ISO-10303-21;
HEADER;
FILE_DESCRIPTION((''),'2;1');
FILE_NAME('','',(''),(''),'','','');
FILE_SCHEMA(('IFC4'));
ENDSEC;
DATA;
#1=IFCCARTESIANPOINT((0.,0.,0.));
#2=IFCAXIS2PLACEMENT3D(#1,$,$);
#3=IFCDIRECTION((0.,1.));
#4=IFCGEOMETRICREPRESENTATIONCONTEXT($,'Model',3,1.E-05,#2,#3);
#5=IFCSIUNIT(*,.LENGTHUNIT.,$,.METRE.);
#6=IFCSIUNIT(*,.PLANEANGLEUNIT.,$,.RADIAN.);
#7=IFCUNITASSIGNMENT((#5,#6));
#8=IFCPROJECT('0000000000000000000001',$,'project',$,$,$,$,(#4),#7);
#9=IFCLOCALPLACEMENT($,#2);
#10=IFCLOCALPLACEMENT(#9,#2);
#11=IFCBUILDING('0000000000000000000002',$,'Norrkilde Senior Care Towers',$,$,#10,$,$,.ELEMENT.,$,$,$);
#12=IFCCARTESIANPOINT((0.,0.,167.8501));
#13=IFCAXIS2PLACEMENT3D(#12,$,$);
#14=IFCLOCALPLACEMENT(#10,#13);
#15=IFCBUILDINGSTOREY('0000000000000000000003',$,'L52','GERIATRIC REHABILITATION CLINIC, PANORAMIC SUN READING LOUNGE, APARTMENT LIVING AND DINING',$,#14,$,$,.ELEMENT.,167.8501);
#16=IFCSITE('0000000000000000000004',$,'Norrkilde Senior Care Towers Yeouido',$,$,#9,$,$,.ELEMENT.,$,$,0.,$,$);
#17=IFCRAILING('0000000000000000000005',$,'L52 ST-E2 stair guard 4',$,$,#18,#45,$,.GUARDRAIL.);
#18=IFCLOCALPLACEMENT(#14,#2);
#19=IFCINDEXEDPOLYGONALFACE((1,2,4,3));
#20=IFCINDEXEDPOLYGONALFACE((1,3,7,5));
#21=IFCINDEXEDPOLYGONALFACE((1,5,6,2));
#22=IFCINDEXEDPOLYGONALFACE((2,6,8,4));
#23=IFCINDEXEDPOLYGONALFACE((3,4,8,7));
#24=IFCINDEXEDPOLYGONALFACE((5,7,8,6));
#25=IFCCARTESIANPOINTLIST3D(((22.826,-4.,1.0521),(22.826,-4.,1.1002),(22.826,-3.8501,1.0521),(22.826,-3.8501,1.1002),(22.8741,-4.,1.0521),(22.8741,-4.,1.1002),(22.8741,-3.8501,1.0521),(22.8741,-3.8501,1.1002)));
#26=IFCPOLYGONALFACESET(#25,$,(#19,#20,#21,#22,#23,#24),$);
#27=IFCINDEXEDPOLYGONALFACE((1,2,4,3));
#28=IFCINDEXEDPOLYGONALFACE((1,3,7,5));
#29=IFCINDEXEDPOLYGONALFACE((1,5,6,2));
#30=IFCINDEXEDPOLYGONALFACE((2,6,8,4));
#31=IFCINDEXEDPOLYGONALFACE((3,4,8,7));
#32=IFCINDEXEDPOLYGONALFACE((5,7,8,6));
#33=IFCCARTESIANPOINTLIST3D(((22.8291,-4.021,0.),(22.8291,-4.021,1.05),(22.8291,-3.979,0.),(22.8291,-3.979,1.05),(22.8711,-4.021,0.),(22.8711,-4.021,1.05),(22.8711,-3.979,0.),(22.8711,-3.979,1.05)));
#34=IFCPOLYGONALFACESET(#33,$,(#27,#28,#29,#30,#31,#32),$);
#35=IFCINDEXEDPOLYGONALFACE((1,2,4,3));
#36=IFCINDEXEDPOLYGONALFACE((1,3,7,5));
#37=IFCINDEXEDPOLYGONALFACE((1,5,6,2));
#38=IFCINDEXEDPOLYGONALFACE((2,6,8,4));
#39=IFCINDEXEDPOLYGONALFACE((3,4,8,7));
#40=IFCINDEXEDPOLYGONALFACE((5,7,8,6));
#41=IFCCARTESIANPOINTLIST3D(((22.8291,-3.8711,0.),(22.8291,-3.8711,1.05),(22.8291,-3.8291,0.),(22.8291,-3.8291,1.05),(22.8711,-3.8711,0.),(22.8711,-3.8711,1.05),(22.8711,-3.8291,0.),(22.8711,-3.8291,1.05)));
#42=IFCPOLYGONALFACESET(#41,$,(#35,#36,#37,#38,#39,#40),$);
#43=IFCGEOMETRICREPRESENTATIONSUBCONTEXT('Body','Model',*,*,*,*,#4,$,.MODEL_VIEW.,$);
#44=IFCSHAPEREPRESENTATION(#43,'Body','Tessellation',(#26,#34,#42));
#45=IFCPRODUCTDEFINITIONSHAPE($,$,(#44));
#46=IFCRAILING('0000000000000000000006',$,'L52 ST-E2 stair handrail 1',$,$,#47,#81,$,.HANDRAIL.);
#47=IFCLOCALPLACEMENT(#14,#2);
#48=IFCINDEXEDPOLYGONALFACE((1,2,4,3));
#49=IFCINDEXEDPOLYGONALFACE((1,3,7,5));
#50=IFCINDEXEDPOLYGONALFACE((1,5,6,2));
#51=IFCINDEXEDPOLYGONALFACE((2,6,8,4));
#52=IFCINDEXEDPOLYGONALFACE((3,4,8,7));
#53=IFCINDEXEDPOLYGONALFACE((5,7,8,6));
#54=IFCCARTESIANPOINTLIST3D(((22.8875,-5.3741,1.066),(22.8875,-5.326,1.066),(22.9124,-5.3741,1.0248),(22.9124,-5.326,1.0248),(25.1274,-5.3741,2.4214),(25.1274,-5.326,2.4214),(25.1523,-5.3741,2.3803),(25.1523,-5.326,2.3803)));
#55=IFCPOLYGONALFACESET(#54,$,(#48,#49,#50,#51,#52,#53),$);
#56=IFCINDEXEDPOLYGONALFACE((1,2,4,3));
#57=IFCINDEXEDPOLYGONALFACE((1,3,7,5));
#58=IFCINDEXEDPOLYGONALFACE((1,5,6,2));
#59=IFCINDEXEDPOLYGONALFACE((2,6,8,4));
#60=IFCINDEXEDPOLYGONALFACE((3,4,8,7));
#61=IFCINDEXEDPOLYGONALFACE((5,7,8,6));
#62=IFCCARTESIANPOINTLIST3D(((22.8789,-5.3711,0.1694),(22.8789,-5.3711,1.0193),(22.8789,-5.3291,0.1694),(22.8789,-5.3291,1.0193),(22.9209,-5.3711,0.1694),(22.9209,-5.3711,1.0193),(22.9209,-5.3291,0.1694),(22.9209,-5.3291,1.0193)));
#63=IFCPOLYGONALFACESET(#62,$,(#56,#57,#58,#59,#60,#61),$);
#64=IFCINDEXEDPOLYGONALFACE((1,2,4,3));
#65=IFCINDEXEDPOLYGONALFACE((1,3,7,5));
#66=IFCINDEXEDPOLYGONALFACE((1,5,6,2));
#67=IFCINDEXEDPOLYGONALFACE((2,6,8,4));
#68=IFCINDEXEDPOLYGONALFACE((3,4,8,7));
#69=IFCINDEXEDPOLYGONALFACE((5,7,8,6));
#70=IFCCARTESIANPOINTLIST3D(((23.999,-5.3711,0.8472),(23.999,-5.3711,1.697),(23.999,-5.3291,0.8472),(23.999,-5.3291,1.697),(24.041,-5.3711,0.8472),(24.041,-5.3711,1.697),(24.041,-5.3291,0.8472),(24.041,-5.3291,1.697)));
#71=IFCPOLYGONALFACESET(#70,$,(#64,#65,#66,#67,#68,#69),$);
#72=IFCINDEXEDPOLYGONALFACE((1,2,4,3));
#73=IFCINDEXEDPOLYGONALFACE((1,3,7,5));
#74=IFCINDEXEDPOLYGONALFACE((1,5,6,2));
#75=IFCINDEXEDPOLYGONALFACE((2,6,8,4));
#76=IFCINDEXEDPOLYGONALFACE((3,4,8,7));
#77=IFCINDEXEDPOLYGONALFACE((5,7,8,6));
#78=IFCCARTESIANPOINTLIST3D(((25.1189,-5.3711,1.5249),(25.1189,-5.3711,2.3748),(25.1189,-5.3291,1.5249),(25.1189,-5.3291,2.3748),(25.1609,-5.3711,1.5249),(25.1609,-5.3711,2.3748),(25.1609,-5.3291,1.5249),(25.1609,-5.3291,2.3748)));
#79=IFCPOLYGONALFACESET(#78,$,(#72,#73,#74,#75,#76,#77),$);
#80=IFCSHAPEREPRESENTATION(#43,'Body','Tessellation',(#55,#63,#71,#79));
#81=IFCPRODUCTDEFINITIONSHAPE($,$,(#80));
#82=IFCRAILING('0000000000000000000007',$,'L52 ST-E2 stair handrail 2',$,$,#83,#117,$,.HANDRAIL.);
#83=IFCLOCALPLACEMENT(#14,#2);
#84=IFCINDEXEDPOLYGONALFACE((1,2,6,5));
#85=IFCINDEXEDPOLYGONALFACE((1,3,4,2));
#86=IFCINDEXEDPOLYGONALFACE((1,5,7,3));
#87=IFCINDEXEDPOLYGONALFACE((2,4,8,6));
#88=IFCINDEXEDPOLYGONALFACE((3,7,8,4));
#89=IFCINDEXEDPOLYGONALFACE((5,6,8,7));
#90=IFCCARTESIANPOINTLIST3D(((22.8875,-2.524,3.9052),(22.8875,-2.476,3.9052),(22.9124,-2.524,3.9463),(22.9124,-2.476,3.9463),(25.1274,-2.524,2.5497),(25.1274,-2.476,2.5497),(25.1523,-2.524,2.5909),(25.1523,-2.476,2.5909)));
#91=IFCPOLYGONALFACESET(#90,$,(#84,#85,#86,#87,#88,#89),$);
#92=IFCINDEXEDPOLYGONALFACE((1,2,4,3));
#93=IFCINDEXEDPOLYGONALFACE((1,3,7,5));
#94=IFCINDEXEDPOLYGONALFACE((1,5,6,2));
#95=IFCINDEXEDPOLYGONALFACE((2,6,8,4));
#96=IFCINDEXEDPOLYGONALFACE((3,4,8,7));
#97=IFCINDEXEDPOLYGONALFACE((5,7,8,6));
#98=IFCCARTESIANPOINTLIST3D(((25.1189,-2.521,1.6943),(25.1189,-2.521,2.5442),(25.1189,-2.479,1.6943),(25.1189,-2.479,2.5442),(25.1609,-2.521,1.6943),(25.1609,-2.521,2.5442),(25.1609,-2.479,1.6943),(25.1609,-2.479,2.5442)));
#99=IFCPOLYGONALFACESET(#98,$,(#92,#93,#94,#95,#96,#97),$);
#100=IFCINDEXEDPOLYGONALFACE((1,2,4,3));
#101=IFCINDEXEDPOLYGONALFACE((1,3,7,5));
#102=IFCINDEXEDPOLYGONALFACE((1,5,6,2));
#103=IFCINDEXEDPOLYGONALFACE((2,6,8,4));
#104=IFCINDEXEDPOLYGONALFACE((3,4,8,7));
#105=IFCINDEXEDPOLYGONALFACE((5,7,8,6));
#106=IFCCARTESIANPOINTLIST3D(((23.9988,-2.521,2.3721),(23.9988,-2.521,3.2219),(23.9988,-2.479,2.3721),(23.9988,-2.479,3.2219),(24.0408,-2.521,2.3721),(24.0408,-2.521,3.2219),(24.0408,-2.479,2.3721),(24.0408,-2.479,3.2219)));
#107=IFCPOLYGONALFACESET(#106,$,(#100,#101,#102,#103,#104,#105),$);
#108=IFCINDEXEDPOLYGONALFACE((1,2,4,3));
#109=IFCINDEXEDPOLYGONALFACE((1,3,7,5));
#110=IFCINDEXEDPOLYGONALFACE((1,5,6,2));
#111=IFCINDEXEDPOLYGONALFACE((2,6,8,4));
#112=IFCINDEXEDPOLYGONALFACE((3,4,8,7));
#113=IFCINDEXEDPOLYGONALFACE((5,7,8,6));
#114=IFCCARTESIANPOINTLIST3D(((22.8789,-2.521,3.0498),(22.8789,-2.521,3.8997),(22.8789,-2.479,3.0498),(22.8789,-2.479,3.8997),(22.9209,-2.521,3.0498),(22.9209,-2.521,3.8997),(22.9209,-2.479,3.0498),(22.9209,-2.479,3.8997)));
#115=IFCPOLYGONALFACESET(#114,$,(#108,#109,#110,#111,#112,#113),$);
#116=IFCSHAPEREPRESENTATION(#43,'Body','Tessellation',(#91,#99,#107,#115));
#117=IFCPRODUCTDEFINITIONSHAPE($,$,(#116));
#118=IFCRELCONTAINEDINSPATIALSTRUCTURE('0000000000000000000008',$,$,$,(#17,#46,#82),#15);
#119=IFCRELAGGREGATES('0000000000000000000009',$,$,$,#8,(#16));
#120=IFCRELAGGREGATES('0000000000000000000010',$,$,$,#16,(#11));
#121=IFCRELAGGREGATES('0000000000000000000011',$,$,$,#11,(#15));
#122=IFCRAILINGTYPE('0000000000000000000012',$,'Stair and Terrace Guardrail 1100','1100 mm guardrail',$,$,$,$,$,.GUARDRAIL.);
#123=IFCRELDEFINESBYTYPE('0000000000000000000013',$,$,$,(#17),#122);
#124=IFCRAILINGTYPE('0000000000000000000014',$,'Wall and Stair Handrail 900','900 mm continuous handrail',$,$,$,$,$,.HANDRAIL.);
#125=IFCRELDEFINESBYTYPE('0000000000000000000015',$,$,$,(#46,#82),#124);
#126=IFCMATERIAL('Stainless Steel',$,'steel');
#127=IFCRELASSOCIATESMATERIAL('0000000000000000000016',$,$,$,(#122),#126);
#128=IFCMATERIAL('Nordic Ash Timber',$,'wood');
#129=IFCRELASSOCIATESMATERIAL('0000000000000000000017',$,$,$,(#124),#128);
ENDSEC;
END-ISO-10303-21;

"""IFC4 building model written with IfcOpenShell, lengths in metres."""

from ifc_helpers import new_model, si_unit, direction, frame, origin, origin_2d, place, context, subcontext, project, spatial, rectangle, extrude, material, type_object, element, save


model = new_model("IFC4")

# Units and contexts
model_context = context("Model", 3, precision=1e-05, world=origin(), true_north=direction((0.0, 1.0)))
body_context = subcontext(model_context, "Body", "Model", "MODEL_VIEW")
ifc_project = project(units=[si_unit("LENGTHUNIT", "METRE"), si_unit("PLANEANGLEUNIT", "RADIAN")], contexts=[model_context])

# Site, building, storey
site_placement = place(None, origin())
site = spatial("IfcSite", under=ifc_project, at=site_placement, Name="Norrkilde Senior Care Towers Yeouido", CompositionType="ELEMENT", RefElevation=0.0)
building_placement = place(site_placement, origin())
building = spatial("IfcBuilding", under=site, at=building_placement, Name="Norrkilde Senior Care Towers", CompositionType="ELEMENT")
storey_placement = place(building_placement, frame((0.0, 0.0, 167.8501)))
storey = spatial("IfcBuildingStorey", under=building, at=storey_placement, Name="L52", Description="GERIATRIC REHABILITATION CLINIC, PANORAMIC SUN READING LOUNGE, APARTMENT LIVING AND DINING", CompositionType="ELEMENT", Elevation=167.8501)

# Shared definitions
ifc_material_1 = material(Name="Nordic Ash Timber", Category="wood")

# Railings
ifc_material_2 = material(Name="Stainless Steel", Category="steel")
railing_type_1 = type_object("IfcRailingType", Name="Stair and Terrace Guardrail 1100", Description="1100 mm guardrail", PredefinedType="GUARDRAIL", material=ifc_material_2)
railing_1_placement = place(storey_placement, frame((22.8501, -4.0, 0.0)))
element("IfcRailing", 1, at=railing_1_placement, inside=storey, type_object=railing_type_1, Name="L52 ST-E2 stair guard 4", PredefinedType="GUARDRAIL", context=body_context, shape_type="SweptSolid", body=[
    extrude(rectangle(XDim=0.0481, YDim=0.0481, at=origin_2d()), frame((0.0, 0.0, 1.0762), z_axis=(0.0, 1.0, 0.0), x_axis=(-1.0, 0.0, 0.0)), (0.0, 0.0, 1.0), 0.1499),
    extrude(rectangle(XDim=0.042, YDim=0.042, at=origin_2d()), origin(), (0.0, 0.0, 1.0), 1.05),
    extrude(rectangle(XDim=0.042, YDim=0.042, at=origin_2d()), frame((0.0, 0.1499, 0.0)), (0.0, 0.0, 1.0), 1.05),
])
railing_type_2 = type_object("IfcRailingType", Name="Wall and Stair Handrail 900", Description="900 mm continuous handrail", PredefinedType="HANDRAIL", material=ifc_material_1)
railing_2_placement = place(storey_placement, frame((22.8999, -5.3501, 0.1694)))
element("IfcRailing", 2, at=railing_2_placement, inside=storey, type_object=railing_type_2, Name="L52 ST-E2 stair handrail 1", PredefinedType="HANDRAIL", context=body_context, shape_type="SweptSolid", body=[
    extrude(rectangle(XDim=0.0481, YDim=0.0481, at=origin_2d()), frame((0.0, 0.0, 0.876), z_axis=(0.855553, 0.0, 0.517715), x_axis=(0.0, 1.0, 0.0)), (0.0, 0.0, 1.0), 2.6182),
    extrude(rectangle(XDim=0.042, YDim=0.042, at=origin_2d()), origin(), (0.0, 0.0, 1.0), 0.8499),
    extrude(rectangle(XDim=0.042, YDim=0.042, at=origin_2d()), frame((1.1201, 0.0, 0.6777)), (0.0, 0.0, 1.0), 0.8499),
    extrude(rectangle(XDim=0.042, YDim=0.042, at=origin_2d()), frame((2.24, 0.0, 1.3555)), (0.0, 0.0, 1.0), 0.8499),
])
railing_3_placement = place(storey_placement, frame((25.1399, -2.5, 1.6943)))
element("IfcRailing", 3, at=railing_3_placement, inside=storey, type_object=railing_type_2, Name="L52 ST-E2 stair handrail 2", PredefinedType="HANDRAIL", context=body_context, shape_type="SweptSolid", body=[
    extrude(rectangle(XDim=0.0481, YDim=0.0481, at=origin_2d()), frame((0.0, 0.0, 0.876), z_axis=(-0.855553, 0.0, 0.517715), x_axis=(0.0, -1.0, 0.0)), (0.0, 0.0, 1.0), 2.6182),
    extrude(rectangle(XDim=0.042, YDim=0.042, at=origin_2d()), origin(), (0.0, 0.0, 1.0), 0.8499),
    extrude(rectangle(XDim=0.042, YDim=0.042, at=origin_2d()), frame((-1.1201, 0.0, 0.6777)), (0.0, 0.0, 1.0), 0.8499),
    extrude(rectangle(XDim=0.042, YDim=0.042, at=origin_2d()), frame((-2.24, 0.0, 1.3555)), (0.0, 0.0, 1.0), 0.8499),
])

save(model, "model.ifc")
